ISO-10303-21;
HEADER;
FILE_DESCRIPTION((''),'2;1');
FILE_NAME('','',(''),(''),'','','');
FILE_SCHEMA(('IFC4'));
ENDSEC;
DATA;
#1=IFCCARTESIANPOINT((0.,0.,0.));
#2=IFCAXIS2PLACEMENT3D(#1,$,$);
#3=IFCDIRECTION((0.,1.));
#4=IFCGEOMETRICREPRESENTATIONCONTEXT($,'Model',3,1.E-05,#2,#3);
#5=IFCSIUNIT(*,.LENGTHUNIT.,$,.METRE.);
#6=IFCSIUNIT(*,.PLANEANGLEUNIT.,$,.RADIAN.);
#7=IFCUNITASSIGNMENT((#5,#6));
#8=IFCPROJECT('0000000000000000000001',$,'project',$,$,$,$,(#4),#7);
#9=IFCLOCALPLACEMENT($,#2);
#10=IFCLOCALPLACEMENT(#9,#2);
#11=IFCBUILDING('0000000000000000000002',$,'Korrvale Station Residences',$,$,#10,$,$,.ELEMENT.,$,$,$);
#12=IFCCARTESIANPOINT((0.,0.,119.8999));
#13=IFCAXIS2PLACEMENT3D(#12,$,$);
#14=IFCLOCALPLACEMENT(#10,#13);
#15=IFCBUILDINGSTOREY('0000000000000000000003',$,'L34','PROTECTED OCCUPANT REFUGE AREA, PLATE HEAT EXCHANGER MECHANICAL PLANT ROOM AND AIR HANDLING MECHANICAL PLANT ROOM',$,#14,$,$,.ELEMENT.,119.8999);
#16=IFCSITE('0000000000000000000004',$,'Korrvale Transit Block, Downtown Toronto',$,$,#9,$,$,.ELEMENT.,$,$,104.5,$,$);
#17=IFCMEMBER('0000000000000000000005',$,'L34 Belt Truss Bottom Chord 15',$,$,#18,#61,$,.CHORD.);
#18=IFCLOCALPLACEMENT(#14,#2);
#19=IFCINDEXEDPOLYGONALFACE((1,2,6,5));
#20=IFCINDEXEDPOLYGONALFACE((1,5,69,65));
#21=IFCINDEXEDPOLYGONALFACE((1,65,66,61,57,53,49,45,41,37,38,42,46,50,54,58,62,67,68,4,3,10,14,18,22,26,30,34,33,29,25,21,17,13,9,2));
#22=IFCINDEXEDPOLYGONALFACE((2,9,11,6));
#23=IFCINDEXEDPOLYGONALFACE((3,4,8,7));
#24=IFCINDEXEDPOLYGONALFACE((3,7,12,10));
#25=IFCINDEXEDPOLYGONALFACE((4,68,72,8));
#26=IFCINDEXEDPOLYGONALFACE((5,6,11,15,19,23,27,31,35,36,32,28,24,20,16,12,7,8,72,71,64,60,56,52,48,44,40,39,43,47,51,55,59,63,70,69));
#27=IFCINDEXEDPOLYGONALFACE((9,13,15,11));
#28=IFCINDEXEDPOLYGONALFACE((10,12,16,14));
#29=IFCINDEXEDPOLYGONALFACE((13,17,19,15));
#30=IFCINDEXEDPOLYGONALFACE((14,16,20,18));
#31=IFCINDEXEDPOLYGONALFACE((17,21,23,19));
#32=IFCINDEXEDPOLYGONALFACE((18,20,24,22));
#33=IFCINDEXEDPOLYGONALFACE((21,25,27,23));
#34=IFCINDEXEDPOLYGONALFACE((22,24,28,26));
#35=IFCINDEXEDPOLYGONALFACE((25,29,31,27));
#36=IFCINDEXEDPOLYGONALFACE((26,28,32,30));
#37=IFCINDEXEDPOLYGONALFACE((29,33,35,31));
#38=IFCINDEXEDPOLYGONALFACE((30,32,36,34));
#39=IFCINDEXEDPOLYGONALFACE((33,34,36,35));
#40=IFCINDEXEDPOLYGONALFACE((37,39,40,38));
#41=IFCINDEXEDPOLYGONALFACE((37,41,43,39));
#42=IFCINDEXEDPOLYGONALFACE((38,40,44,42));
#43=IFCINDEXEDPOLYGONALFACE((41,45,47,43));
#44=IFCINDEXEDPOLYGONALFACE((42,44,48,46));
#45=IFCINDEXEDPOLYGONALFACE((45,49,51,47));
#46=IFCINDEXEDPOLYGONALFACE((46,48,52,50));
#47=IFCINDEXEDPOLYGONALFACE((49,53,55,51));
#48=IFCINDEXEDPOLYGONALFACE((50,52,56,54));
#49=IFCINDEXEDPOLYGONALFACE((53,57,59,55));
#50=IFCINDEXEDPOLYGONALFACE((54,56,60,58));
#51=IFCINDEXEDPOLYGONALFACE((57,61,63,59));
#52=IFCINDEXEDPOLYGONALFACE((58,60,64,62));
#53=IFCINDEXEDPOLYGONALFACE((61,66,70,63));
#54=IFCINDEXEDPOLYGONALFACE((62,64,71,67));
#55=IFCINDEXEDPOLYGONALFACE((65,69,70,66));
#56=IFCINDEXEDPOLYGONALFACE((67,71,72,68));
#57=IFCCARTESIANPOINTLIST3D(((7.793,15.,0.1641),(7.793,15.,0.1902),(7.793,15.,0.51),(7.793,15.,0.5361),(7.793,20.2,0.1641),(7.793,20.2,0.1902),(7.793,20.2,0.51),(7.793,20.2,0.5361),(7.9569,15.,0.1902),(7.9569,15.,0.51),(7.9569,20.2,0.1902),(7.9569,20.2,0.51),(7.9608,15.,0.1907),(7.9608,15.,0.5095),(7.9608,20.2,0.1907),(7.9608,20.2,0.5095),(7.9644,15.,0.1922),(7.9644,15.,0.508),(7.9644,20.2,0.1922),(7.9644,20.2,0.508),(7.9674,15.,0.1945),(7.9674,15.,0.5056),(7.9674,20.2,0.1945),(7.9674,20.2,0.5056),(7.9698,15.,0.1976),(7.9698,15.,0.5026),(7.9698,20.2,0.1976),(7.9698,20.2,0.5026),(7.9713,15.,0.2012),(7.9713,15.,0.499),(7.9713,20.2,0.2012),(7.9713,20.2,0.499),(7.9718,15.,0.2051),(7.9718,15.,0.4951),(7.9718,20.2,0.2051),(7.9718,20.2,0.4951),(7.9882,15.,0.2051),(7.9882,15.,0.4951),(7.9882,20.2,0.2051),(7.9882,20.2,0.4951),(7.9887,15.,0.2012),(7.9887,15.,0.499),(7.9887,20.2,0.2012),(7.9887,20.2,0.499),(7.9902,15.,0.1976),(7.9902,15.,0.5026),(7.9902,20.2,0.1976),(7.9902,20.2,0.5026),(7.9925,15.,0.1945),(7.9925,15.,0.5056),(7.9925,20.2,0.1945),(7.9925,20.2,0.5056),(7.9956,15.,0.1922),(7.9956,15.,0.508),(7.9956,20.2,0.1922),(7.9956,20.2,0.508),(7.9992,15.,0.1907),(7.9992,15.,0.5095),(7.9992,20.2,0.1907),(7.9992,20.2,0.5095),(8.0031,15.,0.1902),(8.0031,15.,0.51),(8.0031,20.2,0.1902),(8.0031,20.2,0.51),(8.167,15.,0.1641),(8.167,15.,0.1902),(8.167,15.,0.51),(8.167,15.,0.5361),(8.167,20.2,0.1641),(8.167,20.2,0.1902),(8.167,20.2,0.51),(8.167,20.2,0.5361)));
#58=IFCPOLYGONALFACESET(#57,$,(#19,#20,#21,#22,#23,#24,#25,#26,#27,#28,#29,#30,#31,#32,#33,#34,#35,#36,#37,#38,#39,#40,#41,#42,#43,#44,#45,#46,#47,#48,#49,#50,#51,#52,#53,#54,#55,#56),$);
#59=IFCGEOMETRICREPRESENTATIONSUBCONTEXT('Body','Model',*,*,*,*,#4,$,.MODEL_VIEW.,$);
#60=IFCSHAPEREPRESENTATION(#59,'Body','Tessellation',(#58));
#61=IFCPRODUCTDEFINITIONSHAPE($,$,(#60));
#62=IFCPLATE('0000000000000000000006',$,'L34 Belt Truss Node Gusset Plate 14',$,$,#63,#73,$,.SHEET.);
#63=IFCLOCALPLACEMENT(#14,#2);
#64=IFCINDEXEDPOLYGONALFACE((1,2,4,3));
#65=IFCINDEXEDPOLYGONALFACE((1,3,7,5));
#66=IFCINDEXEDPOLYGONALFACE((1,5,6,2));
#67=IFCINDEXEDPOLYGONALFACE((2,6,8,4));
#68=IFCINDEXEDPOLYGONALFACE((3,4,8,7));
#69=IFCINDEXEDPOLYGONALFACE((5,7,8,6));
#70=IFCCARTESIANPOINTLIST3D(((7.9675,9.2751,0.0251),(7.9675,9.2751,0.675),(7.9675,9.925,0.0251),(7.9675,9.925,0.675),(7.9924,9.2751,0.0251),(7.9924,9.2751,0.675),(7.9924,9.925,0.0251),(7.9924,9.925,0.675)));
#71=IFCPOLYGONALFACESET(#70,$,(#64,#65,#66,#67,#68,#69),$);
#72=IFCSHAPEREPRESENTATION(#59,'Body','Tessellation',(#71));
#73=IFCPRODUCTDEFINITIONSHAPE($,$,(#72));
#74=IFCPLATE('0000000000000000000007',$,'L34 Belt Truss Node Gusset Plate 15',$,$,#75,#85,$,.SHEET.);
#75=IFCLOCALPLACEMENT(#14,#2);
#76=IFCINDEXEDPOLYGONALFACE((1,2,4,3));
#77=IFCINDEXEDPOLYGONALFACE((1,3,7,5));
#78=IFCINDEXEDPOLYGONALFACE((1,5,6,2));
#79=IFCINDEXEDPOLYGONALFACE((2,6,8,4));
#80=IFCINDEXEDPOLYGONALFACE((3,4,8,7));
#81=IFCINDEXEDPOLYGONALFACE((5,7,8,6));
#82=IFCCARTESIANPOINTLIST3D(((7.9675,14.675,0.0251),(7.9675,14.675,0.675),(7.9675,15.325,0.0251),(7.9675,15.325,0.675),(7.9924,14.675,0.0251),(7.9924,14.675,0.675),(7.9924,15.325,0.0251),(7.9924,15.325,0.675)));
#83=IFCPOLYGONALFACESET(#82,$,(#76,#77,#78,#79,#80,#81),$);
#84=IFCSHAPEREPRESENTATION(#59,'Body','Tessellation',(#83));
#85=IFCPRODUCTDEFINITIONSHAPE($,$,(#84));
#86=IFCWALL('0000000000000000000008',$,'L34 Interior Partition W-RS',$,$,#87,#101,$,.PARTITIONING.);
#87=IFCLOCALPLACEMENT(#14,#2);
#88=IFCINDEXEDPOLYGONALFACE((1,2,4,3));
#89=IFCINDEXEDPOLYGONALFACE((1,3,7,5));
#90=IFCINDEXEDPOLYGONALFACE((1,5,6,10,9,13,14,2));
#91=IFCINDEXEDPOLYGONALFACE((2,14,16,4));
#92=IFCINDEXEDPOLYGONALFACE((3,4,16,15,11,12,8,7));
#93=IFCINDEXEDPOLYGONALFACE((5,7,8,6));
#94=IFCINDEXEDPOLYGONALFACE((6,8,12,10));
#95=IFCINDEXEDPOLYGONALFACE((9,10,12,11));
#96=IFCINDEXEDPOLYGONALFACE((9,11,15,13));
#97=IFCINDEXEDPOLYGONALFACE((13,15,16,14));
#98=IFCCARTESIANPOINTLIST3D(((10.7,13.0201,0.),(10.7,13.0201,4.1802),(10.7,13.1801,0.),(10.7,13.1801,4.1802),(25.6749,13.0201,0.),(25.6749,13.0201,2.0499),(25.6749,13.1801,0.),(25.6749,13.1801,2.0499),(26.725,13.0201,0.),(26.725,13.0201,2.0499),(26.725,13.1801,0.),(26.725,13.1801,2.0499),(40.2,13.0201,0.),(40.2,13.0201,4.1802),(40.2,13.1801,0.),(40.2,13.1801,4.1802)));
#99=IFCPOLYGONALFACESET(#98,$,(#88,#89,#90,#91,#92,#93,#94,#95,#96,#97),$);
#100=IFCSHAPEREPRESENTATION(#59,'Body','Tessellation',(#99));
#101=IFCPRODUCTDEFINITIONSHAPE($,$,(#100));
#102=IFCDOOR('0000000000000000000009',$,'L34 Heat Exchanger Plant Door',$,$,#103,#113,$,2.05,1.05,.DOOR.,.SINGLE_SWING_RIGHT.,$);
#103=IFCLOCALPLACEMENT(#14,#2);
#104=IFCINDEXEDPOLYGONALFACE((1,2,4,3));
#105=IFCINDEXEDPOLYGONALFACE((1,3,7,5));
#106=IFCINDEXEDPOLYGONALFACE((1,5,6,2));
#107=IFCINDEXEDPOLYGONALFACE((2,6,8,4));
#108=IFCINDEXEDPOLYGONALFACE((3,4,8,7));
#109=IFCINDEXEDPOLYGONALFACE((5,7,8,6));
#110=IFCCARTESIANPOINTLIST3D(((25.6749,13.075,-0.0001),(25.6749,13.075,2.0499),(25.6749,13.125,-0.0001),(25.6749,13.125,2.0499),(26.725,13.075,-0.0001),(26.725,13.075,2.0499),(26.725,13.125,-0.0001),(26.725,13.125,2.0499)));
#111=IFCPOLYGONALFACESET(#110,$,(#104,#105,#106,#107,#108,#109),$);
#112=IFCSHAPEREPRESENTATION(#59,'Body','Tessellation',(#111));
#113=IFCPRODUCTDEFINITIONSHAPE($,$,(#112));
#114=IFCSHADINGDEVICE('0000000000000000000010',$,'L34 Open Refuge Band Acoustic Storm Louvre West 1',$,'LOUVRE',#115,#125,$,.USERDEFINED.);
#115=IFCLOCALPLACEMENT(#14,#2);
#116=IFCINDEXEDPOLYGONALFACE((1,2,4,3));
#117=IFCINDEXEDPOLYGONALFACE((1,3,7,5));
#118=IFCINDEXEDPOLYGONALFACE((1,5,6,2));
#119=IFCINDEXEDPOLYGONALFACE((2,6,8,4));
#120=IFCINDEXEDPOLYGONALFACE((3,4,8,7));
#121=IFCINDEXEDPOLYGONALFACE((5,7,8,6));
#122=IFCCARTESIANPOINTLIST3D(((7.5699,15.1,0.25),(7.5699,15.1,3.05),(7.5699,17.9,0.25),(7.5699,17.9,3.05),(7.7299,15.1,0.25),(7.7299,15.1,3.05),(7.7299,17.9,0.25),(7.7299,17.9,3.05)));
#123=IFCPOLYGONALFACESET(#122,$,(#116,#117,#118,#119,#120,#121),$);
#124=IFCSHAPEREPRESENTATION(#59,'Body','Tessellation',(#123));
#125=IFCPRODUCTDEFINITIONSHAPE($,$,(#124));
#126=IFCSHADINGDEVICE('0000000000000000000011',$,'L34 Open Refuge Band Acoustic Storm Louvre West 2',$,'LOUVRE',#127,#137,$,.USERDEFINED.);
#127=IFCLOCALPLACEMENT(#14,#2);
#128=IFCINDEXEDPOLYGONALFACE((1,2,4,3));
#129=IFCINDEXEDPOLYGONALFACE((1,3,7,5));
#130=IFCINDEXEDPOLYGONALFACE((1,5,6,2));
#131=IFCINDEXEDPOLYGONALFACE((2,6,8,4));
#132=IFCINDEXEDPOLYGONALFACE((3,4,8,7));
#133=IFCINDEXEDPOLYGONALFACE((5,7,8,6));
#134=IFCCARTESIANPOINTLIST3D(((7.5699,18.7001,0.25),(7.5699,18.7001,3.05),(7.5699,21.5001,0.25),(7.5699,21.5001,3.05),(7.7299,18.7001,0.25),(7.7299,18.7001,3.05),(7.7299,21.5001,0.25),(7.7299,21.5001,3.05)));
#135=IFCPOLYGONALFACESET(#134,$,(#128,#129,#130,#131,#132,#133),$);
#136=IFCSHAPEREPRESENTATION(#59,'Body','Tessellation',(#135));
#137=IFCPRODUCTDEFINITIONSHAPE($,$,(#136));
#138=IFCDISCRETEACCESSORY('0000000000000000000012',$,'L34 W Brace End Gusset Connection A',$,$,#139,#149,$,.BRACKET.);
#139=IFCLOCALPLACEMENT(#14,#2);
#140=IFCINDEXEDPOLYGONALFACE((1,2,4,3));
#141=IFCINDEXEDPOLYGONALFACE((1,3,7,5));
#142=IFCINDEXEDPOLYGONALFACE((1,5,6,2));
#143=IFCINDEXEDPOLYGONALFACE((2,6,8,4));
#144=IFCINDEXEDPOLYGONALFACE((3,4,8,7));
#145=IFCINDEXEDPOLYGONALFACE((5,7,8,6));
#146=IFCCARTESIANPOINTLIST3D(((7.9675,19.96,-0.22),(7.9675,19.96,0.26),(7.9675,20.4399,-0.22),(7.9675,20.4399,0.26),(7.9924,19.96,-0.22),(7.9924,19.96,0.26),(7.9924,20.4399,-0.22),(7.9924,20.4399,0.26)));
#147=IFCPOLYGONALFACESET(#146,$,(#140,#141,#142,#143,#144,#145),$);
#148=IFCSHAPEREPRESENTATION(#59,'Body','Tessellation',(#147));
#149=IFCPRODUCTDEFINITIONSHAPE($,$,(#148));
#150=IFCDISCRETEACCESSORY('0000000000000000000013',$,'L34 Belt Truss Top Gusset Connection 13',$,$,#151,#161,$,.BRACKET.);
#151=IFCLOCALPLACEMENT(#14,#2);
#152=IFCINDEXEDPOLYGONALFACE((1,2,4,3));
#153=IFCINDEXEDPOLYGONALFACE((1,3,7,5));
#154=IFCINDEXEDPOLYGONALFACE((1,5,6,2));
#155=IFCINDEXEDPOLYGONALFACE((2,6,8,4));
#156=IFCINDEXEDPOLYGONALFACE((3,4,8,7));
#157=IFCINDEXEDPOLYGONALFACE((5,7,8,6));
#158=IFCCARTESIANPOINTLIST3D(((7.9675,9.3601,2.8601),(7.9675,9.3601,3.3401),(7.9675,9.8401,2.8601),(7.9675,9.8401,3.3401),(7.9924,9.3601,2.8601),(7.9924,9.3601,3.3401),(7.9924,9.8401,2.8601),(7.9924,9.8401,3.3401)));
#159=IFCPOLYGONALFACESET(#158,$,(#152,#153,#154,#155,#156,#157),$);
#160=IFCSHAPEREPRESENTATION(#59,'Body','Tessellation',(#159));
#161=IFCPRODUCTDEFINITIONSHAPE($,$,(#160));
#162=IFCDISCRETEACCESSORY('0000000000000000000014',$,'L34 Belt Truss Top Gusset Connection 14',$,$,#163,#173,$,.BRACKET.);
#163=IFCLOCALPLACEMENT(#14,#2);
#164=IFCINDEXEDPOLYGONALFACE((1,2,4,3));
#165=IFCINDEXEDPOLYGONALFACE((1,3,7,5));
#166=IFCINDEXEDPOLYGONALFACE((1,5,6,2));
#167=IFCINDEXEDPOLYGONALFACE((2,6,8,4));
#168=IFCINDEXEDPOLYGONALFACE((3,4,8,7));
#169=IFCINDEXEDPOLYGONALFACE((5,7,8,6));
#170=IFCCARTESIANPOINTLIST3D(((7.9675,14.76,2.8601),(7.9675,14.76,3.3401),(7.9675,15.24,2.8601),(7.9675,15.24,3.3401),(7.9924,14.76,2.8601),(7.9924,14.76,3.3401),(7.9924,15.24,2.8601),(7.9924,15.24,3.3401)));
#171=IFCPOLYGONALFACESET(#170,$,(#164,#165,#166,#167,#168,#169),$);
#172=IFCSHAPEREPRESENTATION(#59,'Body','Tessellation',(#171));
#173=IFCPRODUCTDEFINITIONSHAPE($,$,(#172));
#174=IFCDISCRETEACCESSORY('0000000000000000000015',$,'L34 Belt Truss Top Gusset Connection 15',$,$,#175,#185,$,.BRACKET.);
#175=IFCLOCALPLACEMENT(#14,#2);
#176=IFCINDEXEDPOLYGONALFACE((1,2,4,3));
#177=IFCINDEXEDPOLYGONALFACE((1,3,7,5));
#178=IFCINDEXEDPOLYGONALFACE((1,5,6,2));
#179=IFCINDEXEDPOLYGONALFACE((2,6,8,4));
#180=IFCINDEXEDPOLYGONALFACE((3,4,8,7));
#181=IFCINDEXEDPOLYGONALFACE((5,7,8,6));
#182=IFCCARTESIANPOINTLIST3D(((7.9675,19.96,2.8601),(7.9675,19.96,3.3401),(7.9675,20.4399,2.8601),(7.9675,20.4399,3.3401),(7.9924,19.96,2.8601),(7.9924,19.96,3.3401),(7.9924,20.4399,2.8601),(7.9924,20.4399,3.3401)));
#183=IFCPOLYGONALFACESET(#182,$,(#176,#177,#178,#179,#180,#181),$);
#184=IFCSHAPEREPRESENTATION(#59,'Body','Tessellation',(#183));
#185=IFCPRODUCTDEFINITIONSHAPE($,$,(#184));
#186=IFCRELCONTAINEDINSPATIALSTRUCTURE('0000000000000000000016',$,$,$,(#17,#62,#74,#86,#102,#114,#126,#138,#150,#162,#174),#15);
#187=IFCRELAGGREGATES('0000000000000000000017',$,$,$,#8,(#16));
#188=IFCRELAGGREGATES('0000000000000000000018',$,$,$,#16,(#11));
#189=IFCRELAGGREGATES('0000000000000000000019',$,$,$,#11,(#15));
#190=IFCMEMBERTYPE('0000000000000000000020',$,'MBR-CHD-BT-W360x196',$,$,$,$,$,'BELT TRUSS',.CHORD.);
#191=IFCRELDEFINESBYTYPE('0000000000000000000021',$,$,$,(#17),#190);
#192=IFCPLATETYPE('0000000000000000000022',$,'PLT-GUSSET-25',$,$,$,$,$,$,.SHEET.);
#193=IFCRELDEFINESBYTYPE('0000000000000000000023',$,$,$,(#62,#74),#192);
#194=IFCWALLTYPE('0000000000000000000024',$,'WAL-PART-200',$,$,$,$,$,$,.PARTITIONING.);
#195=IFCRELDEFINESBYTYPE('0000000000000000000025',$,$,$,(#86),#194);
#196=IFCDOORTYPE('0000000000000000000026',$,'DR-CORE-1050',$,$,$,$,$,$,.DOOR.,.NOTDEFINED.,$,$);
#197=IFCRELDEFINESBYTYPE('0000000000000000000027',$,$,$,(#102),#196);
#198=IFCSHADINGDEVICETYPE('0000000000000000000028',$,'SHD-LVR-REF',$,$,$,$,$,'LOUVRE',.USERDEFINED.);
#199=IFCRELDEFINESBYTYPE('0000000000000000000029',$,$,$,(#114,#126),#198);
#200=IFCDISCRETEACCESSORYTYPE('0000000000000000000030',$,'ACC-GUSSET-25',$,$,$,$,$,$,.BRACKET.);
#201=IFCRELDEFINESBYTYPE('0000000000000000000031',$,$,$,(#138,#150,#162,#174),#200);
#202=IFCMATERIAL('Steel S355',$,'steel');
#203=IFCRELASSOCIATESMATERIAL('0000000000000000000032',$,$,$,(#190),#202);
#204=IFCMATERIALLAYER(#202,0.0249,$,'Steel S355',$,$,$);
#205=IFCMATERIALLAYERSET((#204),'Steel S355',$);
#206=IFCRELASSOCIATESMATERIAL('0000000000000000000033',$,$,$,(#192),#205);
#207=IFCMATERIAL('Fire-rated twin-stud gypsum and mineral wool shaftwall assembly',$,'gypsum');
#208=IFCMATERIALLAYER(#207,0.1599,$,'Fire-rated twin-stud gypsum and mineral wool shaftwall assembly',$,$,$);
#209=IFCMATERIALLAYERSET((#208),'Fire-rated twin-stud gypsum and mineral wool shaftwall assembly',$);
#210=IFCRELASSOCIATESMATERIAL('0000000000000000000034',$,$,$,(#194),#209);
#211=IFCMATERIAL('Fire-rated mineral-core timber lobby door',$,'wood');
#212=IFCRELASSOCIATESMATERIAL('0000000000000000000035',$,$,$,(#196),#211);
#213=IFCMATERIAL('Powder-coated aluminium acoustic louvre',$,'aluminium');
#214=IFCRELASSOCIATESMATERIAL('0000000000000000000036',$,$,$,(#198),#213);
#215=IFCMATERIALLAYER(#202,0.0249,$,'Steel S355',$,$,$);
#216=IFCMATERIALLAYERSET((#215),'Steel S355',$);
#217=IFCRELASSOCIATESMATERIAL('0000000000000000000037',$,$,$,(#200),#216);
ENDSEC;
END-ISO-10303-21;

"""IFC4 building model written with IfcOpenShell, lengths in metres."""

from ifc_helpers import new_model, si_unit, direction, frame, frame_2d, origin, origin_2d, place, context, subcontext, project, spatial, rectangle, i_section, extrude, material, layer, layer_set, material_profile, profile_set, type_object, element, fill, save


model = new_model("IFC4")

# Units and contexts
model_context = context("Model", 3, precision=1e-05, world=origin(), true_north=direction((0.0, 1.0)))
body_context = subcontext(model_context, "Body", "Model", "MODEL_VIEW")
ifc_project = project(units=[si_unit("LENGTHUNIT", "METRE"), si_unit("PLANEANGLEUNIT", "RADIAN")], contexts=[model_context])

# Site, building, storey
site_placement = place(None, origin())
site = spatial("IfcSite", under=ifc_project, at=site_placement, Name="Korrvale Transit Block, Downtown Toronto", CompositionType="ELEMENT", RefElevation=104.5)
building_placement = place(site_placement, origin())
building = spatial("IfcBuilding", under=site, at=building_placement, Name="Korrvale Station Residences", CompositionType="ELEMENT")
storey_placement = place(building_placement, frame((0.0, 0.0, 119.8999)))
storey = spatial("IfcBuildingStorey", under=building, at=storey_placement, Name="L34", Description="PROTECTED OCCUPANT REFUGE AREA, PLATE HEAT EXCHANGER MECHANICAL PLANT ROOM AND AIR HANDLING MECHANICAL PLANT ROOM", CompositionType="ELEMENT", Elevation=119.8999)

# Member
ifc_material_1 = material(Name="Steel S355", Category="steel")
ifc_material_profile_1 = material_profile(ifc_material_1, i_section(OverallWidth=0.374, OverallDepth=0.3721, WebThickness=0.0164, FlangeThickness=0.0261, FilletRadius=0.0149, at=origin_2d()), Name="W360x196")
ifc_profile_set_1 = profile_set([ifc_material_profile_1], Name="Steel S355")
member_type_1 = type_object("IfcMemberType", Name="MBR-CHD-BT-W360x196", ElementType="BELT TRUSS", PredefinedType="CHORD", material=ifc_profile_set_1)
member_1_placement = place(storey_placement, frame((7.98, 15.0, 0.3501), z_axis=(0.0, 1.0, 0.0), x_axis=(-1.0, 0.0, 0.0)))
element("IfcMember", 1, at=member_1_placement, inside=storey, type_object=member_type_1, Name="L34 Belt Truss Bottom Chord 15", PredefinedType="CHORD", context=body_context, shape_type="SweptSolid", body=[
    extrude(i_section(OverallWidth=0.374, OverallDepth=0.3721, WebThickness=0.0164, FlangeThickness=0.0261, FilletRadius=0.0149, at=origin_2d()), origin(), (0.0, 0.0, 1.0), 5.2),
])

# Plates
ifc_layer_1 = layer(ifc_material_1, 0.0249, Name="Steel S355")
ifc_layer_set_1 = layer_set([ifc_layer_1], Name="Steel S355")
plate_type = type_object("IfcPlateType", Name="PLT-GUSSET-25", PredefinedType="SHEET", material=ifc_layer_set_1)
for number, where, z_axis, x_axis, name in (
    (2, (7.98, 9.6001, 0.0251), (0.0, 0.0, 1.0), (0.0, 1.0, 0.0), "L34 Belt Truss Node Gusset Plate 14"),
    (3, (7.98, 15.0, 0.0251), (0.0, 0.0, 1.0), (0.0, 1.0, 0.0), "L34 Belt Truss Node Gusset Plate 15"),
):
    element("IfcPlate", number, at=place(storey_placement, frame(where, z_axis=z_axis, x_axis=x_axis)), inside=storey, type_object=plate_type, Name=name, PredefinedType="SHEET", context=body_context, shape_type="SweptSolid", body=[
        extrude(rectangle(XDim=0.6499, YDim=0.0249, at=origin_2d()), origin(), (0.0, 0.0, 1.0), 0.6499),
    ])

# Wall, opening, door
ifc_material_2 = material(Name="Fire-rated twin-stud gypsum and mineral wool shaftwall assembly", Category="gypsum")
ifc_layer_2 = layer(ifc_material_2, 0.1599, Name="Fire-rated twin-stud gypsum and mineral wool shaftwall assembly")
ifc_layer_set_2 = layer_set([ifc_layer_2], Name="Fire-rated twin-stud gypsum and mineral wool shaftwall assembly")
wall_type = type_object("IfcWallType", Name="WAL-PART-200", PredefinedType="PARTITIONING", material=ifc_layer_set_2)
wall_placement = place(storey_placement, frame((10.7, 13.1001, 0.0), z_axis=(0.0, 0.0, 1.0), x_axis=(1.0, 0.0, 0.0)))
wall = element("IfcWall", 4, at=wall_placement, inside=storey, type_object=wall_type, Name="L34 Interior Partition W-RS", PredefinedType="PARTITIONING", context=body_context, shape_type="SweptSolid", body=[
    extrude(rectangle(XDim=29.5, YDim=0.1599, at=frame_2d((14.75, 0.0))), origin(), (0.0, 0.0, 1.0), 4.1802),
])
opening_placement = place(wall_placement, frame((14.9751, 0.0, 0.0)))
opening = element("IfcOpeningElement", 5, at=opening_placement, cuts=wall, PredefinedType="OPENING", context=body_context, shape_type="SweptSolid", body=[
    extrude(rectangle(XDim=1.05, YDim=2.05, at=frame_2d((0.5249, 1.0249))), frame((0.0, 0.0898, 0.0), z_axis=(0.0, -1.0, 0.0), x_axis=(1.0, 0.0, 0.0)), (0.0, 0.0, 1.0), 0.1799),
])
ifc_material_3 = material(Name="Fire-rated mineral-core timber lobby door", Category="wood")
door_type = type_object("IfcDoorType", Name="DR-CORE-1050", OperationType="NOTDEFINED", PredefinedType="DOOR", material=ifc_material_3)
door_placement = place(opening_placement, origin())
door = element("IfcDoor", 6, at=door_placement, inside=storey, type_object=door_type, Name="L34 Heat Exchanger Plant Door", OperationType="SINGLE_SWING_RIGHT", OverallHeight=2.05, OverallWidth=1.05, PredefinedType="DOOR", context=body_context, shape_type="SweptSolid", body=[
    extrude(rectangle(XDim=1.05, YDim=2.05, at=frame_2d((0.5249, 1.0249))), frame((0.0, 0.0249, 0.0), z_axis=(0.0, -1.0, 0.0), x_axis=(1.0, 0.0, 0.0)), (0.0, 0.0, 1.0), 0.05),
])
fill(opening, door)

# Shading devices
ifc_material_4 = material(Name="Powder-coated aluminium acoustic louvre", Category="aluminium")
shading_device_type = type_object("IfcShadingDeviceType", Name="SHD-LVR-REF", ElementType="LOUVRE", PredefinedType="USERDEFINED", material=ifc_material_4)
for number, where, z_axis, x_axis, name in (
    (7, (7.6499, 16.5, 0.25), (0.0, 0.0, 1.0), (1.0, 0.0, 0.0), "L34 Open Refuge Band Acoustic Storm Louvre West 1"),
    (8, (7.6499, 20.1001, 0.25), (0.0, 0.0, 1.0), (1.0, 0.0, 0.0), "L34 Open Refuge Band Acoustic Storm Louvre West 2"),
):
    element("IfcShadingDevice", number, at=place(storey_placement, frame(where, z_axis=z_axis, x_axis=x_axis)), inside=storey, type_object=shading_device_type, Name=name, ObjectType="LOUVRE", PredefinedType="USERDEFINED", context=body_context, shape_type="SweptSolid", body=[
        extrude(rectangle(XDim=0.1599, YDim=2.8, at=origin_2d()), origin(), (0.0, 0.0, 1.0), 2.8),
    ])

# Discrete accessories
ifc_layer_3 = layer(ifc_material_1, 0.0249, Name="Steel S355")
ifc_layer_set_3 = layer_set([ifc_layer_3], Name="Steel S355")
discrete_accessory_type = type_object("IfcDiscreteAccessoryType", Name="ACC-GUSSET-25", PredefinedType="BRACKET", material=ifc_layer_set_3)
for number, where, z_axis, x_axis, name in (
    (9, (7.98, 20.2, -0.22), (0.0, 0.0, 1.0), (0.0, 1.0, 0.0), "L34 W Brace End Gusset Connection A"),
    (10, (7.98, 9.6001, 2.8601), (0.0, 0.0, 1.0), (0.0, 1.0, 0.0), "L34 Belt Truss Top Gusset Connection 13"),
    (11, (7.98, 15.0, 2.8601), (0.0, 0.0, 1.0), (0.0, 1.0, 0.0), "L34 Belt Truss Top Gusset Connection 14"),
    (12, (7.98, 20.2, 2.8601), (0.0, 0.0, 1.0), (0.0, 1.0, 0.0), "L34 Belt Truss Top Gusset Connection 15"),
):
    element("IfcDiscreteAccessory", number, at=place(storey_placement, frame(where, z_axis=z_axis, x_axis=x_axis)), inside=storey, type_object=discrete_accessory_type, Name=name, PredefinedType="BRACKET", context=body_context, shape_type="SweptSolid", body=[
        extrude(rectangle(XDim=0.48, YDim=0.0249, at=origin_2d()), origin(), (0.0, 0.0, 1.0), 0.48),
    ])

save(model, "model.ifc")
